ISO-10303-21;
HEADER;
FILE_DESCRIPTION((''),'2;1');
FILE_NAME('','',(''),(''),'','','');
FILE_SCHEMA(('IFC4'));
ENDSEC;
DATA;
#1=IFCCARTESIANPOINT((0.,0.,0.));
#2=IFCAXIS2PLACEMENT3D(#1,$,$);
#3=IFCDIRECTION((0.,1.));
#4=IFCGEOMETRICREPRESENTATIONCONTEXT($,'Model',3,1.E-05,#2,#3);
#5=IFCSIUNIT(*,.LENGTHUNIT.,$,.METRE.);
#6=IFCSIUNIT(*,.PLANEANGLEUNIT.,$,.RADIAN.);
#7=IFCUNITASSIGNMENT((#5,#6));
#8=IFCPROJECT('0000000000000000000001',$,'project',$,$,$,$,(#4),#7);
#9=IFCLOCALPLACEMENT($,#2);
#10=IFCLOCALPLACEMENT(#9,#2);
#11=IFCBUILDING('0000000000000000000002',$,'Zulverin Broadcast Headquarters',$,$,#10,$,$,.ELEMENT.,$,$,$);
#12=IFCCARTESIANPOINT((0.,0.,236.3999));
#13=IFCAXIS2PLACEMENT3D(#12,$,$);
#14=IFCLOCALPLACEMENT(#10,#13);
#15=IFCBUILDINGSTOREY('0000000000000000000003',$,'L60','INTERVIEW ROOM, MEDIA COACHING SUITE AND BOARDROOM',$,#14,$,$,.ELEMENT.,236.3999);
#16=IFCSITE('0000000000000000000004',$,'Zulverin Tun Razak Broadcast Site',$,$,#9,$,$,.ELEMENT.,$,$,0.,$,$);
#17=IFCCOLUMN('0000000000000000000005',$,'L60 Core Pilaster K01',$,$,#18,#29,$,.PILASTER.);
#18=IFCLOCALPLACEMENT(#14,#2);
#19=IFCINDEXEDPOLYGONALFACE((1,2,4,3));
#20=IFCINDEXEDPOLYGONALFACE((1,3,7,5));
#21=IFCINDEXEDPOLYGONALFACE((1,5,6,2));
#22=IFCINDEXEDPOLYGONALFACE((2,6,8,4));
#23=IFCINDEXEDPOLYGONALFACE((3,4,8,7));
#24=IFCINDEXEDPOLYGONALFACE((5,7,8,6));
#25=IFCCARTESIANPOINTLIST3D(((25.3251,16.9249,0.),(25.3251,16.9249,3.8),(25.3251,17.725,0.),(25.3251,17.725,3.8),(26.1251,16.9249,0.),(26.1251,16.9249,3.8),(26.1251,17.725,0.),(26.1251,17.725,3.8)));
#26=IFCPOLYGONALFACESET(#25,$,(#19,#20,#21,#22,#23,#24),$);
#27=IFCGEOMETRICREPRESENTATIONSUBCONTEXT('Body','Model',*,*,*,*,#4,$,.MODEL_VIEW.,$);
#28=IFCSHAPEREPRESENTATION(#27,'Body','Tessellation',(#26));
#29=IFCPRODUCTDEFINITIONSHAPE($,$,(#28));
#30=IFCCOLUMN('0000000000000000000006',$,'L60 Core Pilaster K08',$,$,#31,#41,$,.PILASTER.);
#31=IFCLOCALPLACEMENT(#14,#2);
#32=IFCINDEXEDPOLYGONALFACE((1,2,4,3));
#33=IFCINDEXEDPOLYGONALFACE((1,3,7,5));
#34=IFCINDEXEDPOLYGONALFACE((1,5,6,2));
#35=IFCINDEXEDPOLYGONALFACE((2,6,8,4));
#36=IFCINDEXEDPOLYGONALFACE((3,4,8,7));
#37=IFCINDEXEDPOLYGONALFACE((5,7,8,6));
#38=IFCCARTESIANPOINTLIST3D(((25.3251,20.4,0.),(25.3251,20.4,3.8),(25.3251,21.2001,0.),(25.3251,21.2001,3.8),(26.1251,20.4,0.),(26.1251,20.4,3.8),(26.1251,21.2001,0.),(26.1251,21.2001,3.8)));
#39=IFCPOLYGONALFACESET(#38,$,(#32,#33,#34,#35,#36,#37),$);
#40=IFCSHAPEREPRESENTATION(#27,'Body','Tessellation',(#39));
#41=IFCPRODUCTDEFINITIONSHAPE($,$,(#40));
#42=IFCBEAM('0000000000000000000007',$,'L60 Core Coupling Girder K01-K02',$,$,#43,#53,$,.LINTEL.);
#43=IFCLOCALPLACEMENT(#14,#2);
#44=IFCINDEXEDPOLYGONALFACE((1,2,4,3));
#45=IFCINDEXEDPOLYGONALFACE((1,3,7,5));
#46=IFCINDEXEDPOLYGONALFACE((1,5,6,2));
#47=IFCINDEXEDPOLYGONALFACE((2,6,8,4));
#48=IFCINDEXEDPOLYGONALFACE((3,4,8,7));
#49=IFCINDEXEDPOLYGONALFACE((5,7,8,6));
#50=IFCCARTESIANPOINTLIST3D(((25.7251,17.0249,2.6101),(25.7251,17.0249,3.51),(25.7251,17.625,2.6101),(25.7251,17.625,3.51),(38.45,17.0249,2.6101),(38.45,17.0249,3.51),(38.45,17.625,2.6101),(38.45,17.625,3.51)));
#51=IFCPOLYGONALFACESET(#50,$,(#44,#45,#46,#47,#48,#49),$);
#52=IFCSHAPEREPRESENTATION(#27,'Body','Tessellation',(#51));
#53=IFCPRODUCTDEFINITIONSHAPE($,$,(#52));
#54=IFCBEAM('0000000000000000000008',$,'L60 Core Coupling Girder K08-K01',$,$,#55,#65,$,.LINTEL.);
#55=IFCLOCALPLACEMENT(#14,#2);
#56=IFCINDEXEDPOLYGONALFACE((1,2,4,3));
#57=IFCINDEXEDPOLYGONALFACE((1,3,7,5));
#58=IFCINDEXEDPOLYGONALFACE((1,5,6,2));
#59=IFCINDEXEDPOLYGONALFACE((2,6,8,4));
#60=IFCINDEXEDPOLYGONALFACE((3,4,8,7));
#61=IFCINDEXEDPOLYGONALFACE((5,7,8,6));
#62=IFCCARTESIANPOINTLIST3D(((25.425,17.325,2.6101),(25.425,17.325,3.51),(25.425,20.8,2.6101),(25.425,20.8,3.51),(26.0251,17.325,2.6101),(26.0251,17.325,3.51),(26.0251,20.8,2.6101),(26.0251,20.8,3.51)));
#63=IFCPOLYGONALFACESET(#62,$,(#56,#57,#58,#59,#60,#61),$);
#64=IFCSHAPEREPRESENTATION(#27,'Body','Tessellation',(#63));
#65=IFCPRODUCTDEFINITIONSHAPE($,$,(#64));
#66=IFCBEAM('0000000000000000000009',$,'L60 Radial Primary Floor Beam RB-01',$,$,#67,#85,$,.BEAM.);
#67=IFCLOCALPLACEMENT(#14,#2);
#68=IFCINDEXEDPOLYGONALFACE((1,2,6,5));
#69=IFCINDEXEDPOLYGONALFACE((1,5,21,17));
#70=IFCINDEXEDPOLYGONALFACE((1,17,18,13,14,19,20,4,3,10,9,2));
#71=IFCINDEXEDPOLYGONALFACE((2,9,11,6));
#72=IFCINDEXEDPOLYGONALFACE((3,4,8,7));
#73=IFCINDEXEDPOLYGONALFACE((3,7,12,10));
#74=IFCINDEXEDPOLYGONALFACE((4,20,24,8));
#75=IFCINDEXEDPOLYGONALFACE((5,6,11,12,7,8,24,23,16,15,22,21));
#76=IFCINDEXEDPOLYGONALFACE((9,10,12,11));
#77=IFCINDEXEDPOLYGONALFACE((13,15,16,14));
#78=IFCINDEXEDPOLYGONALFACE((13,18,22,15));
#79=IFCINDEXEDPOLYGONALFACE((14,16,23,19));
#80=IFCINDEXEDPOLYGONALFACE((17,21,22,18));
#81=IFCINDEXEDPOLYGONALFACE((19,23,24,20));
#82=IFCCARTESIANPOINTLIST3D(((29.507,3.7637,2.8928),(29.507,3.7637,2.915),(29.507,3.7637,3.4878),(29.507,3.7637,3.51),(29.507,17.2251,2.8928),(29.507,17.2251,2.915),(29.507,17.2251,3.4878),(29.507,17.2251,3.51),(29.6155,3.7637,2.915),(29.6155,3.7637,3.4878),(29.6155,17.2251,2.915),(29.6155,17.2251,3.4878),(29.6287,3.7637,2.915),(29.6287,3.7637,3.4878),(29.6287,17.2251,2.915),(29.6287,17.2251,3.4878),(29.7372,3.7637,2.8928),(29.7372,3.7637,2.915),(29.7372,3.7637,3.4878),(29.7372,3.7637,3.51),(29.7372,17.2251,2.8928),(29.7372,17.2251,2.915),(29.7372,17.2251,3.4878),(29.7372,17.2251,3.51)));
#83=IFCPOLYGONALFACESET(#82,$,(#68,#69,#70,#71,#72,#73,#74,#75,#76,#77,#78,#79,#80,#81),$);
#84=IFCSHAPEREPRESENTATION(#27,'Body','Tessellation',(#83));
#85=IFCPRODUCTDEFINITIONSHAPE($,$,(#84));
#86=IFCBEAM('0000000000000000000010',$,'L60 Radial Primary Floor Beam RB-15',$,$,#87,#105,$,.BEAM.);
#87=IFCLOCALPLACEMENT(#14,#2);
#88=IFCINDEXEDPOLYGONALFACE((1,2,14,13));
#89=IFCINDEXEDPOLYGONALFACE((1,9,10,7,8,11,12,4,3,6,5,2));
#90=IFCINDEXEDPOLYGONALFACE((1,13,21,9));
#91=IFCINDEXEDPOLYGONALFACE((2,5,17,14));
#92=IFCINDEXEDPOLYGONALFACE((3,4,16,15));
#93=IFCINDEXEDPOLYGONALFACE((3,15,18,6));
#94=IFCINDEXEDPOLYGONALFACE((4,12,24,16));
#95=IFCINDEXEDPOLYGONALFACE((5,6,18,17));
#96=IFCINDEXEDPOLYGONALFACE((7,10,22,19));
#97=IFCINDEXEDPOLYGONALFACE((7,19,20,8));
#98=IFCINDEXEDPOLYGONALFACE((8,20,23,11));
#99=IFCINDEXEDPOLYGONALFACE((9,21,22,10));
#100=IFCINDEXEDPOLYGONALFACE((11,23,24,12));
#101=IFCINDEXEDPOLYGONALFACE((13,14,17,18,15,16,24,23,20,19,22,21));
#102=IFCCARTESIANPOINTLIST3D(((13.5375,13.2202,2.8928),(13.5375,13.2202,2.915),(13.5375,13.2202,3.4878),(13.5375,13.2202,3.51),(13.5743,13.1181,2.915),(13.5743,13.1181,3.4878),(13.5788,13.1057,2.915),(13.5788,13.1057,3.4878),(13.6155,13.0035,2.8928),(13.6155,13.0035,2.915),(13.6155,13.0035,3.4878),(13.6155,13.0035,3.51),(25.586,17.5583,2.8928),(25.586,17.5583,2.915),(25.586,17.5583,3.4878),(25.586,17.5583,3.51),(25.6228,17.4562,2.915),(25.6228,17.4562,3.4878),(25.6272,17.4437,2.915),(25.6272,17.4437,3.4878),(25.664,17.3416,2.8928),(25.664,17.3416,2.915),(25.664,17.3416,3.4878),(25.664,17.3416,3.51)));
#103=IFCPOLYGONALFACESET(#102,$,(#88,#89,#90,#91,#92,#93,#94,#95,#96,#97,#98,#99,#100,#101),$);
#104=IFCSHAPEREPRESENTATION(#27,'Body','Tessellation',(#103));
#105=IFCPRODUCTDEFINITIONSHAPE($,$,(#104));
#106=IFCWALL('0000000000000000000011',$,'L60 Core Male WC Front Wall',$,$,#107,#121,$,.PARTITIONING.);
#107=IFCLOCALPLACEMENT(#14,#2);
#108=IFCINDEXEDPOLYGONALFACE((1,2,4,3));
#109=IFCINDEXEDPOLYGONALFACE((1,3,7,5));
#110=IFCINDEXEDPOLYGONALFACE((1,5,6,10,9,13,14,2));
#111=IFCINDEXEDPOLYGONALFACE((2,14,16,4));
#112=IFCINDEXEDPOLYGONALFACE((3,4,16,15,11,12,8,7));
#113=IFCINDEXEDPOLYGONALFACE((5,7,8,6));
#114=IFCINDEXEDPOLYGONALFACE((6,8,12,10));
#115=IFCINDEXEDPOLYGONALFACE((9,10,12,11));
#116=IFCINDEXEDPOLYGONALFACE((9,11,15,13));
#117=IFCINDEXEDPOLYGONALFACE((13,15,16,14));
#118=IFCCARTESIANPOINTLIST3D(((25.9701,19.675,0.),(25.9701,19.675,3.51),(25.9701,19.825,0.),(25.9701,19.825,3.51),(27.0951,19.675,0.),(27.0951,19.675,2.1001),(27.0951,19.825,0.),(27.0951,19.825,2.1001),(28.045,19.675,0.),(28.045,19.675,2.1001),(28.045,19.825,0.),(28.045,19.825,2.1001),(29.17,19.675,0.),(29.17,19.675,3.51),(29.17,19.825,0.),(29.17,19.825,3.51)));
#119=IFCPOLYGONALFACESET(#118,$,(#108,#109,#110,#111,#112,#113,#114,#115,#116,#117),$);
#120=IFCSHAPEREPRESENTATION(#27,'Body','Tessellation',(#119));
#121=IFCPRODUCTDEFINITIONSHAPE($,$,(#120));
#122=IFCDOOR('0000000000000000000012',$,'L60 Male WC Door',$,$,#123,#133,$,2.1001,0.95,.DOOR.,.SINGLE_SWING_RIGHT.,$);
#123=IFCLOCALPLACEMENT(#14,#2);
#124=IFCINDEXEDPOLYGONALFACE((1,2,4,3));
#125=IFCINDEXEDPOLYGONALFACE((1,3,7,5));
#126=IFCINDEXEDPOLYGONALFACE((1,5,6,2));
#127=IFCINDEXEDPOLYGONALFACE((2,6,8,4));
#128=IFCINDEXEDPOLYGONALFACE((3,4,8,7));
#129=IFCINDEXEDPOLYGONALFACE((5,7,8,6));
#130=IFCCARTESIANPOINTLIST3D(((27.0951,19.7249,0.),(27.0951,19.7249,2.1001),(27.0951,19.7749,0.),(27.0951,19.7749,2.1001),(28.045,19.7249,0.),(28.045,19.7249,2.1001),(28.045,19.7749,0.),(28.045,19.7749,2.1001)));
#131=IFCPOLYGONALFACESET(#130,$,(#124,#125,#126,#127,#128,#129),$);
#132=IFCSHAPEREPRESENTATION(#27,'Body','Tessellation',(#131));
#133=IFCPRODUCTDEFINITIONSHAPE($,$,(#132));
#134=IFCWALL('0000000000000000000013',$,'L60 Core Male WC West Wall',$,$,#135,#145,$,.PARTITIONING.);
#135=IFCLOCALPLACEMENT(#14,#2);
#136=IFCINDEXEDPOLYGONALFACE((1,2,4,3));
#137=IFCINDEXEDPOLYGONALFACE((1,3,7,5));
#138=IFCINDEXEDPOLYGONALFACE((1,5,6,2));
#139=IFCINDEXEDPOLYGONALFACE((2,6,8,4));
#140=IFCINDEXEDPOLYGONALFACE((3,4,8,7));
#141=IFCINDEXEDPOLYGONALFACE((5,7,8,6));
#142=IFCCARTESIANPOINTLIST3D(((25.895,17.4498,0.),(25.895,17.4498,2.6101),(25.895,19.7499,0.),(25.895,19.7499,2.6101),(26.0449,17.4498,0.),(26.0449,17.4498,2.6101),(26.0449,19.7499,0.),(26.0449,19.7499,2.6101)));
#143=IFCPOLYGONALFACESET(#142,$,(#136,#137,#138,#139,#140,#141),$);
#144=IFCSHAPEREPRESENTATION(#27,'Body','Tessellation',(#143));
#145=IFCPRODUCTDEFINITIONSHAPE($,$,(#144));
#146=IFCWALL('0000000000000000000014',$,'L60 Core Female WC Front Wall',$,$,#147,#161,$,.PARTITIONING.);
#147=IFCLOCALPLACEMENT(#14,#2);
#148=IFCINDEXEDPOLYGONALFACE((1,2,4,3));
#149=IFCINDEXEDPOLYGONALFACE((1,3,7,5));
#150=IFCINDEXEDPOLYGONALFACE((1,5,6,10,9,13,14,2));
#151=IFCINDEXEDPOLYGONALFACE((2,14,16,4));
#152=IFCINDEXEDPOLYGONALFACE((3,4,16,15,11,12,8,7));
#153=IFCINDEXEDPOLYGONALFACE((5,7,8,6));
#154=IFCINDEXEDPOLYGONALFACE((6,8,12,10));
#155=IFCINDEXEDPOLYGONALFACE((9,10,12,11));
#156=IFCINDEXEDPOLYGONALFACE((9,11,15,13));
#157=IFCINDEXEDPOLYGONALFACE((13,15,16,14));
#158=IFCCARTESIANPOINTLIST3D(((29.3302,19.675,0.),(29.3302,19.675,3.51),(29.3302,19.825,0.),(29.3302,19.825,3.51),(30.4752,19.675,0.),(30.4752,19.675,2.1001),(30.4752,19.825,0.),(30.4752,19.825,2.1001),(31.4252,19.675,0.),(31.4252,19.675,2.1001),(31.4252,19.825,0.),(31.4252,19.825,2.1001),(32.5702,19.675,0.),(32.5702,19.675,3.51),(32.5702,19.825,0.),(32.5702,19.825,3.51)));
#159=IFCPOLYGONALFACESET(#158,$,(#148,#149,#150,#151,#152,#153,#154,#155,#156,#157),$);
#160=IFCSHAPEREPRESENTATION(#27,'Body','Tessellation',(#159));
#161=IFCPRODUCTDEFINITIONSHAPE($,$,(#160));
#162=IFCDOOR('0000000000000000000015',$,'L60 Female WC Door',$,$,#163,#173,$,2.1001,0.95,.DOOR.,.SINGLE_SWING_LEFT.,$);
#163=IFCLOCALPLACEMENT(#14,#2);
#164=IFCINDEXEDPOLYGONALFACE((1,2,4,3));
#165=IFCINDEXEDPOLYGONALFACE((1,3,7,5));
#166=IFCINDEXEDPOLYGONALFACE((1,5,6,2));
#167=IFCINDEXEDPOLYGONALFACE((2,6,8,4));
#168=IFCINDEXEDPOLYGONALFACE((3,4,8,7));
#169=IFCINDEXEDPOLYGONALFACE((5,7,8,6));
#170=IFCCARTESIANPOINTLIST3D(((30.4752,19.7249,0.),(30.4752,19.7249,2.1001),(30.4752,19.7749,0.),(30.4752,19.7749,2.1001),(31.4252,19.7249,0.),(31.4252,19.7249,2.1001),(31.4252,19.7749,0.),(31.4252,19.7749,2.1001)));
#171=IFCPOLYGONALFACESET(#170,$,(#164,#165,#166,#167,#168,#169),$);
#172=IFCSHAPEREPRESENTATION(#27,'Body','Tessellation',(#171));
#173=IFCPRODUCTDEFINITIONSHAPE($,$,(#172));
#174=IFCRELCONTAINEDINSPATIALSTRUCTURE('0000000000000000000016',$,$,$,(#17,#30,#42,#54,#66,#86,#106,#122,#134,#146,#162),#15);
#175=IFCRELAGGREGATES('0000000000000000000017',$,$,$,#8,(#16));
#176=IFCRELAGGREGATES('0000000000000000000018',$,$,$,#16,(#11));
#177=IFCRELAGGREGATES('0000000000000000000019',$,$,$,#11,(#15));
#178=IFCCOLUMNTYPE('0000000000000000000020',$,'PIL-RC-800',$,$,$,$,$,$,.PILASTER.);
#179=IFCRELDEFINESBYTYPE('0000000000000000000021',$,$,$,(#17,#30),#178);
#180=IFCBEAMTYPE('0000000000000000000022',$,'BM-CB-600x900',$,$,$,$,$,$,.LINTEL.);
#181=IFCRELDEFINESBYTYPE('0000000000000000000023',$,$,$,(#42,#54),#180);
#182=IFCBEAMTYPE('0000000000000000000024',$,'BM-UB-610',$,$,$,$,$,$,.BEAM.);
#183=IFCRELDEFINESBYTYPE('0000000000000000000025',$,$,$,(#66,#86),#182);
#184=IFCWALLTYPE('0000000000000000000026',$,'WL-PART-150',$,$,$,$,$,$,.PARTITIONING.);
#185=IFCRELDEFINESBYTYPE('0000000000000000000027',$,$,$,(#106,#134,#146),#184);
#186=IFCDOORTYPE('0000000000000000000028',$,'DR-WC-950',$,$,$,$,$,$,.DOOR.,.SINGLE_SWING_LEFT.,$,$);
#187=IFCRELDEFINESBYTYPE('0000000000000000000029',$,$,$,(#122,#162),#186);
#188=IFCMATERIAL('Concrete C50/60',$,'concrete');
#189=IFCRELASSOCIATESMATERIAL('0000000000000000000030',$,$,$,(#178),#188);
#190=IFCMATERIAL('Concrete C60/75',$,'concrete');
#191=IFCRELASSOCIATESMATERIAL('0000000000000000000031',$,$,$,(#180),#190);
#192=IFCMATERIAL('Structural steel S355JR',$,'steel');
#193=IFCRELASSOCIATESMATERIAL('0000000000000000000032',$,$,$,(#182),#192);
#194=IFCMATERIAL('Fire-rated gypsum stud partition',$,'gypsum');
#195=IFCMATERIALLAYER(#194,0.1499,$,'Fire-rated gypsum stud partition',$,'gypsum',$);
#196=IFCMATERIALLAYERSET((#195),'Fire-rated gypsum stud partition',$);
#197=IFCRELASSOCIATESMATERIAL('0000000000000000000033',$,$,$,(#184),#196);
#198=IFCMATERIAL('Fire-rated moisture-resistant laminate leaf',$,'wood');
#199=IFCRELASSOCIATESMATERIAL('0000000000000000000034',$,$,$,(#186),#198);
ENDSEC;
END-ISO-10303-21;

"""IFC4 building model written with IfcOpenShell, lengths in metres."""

from ifc_helpers import new_model, si_unit, direction, frame, frame_2d, origin, origin_2d, place, context, subcontext, project, spatial, rectangle, i_section, extrude, material, layer, layer_set, material_profile, profile_set, type_object, element, fill, save


model = new_model("IFC4")

# Units and contexts
model_context = context("Model", 3, precision=1e-05, world=origin(), true_north=direction((0.0, 1.0)))
body_context = subcontext(model_context, "Body", "Model", "MODEL_VIEW")
ifc_project = project(units=[si_unit("LENGTHUNIT", "METRE"), si_unit("PLANEANGLEUNIT", "RADIAN")], contexts=[model_context])

# Site, building, storey
site_placement = place(None, origin())
site = spatial("IfcSite", under=ifc_project, at=site_placement, Name="Zulverin Tun Razak Broadcast Site", CompositionType="ELEMENT", RefElevation=0.0)
building_placement = place(site_placement, origin())
building = spatial("IfcBuilding", under=site, at=building_placement, Name="Zulverin Broadcast Headquarters", CompositionType="ELEMENT")
storey_placement = place(building_placement, frame((0.0, 0.0, 236.3999)))
storey = spatial("IfcBuildingStorey", under=building, at=storey_placement, Name="L60", Description="INTERVIEW ROOM, MEDIA COACHING SUITE AND BOARDROOM", CompositionType="ELEMENT", Elevation=236.3999)

# Columns
ifc_material_1 = material(Name="Concrete C50/60", Category="concrete")
ifc_material_profile_1 = material_profile(ifc_material_1, rectangle(XDim=0.8, YDim=0.8, at=origin_2d()), Name="Concrete C50/60", Category="concrete")
ifc_profile_set_1 = profile_set([ifc_material_profile_1], Name="Concrete C50/60")
column_type = type_object("IfcColumnType", Name="PIL-RC-800", PredefinedType="PILASTER", material=ifc_profile_set_1)
for number, where, z_axis, x_axis, name in (
    (1, (25.7251, 17.325, 0.0), (0.0, 0.0, 1.0), (1.0, 0.0, 0.0), "L60 Core Pilaster K01"),
    (2, (25.7251, 20.8, 0.0), (0.0, 0.0, 1.0), (1.0, 0.0, 0.0), "L60 Core Pilaster K08"),
):
    element("IfcColumn", number, at=place(storey_placement, frame(where, z_axis=z_axis, x_axis=x_axis)), inside=storey, type_object=column_type, Name=name, PredefinedType="PILASTER", context=body_context, shape_type="SweptSolid", body=[
        extrude(rectangle(XDim=0.8, YDim=0.8, at=origin_2d()), origin(), (0.0, 0.0, 1.0), 3.8),
    ])

# Beams
ifc_material_2 = material(Name="Concrete C60/75", Category="concrete")
ifc_material_profile_2 = material_profile(ifc_material_2, rectangle(XDim=0.6001, YDim=0.8999, at=origin_2d()), Name="Concrete C60/75", Category="concrete")
ifc_profile_set_2 = profile_set([ifc_material_profile_2], Name="Concrete C60/75")
beam_type_1 = type_object("IfcBeamType", Name="BM-CB-600x900", PredefinedType="LINTEL", material=ifc_profile_set_2)
beam_1_placement = place(storey_placement, frame((25.7251, 17.325, 3.0601), z_axis=(1.0, 0.0, 0.0), x_axis=(0.0, 1.0, 0.0)))
element("IfcBeam", 3, at=beam_1_placement, inside=storey, type_object=beam_type_1, Name="L60 Core Coupling Girder K01-K02", PredefinedType="LINTEL", context=body_context, shape_type="SweptSolid", body=[
    extrude(rectangle(XDim=0.6001, YDim=0.8999, at=origin_2d()), origin(), (0.0, 0.0, 1.0), 12.7249),
])
beam_2_placement = place(storey_placement, frame((25.7251, 20.8, 3.0601), z_axis=(0.0, -1.0, 0.0), x_axis=(1.0, 0.0, 0.0)))
element("IfcBeam", 4, at=beam_2_placement, inside=storey, type_object=beam_type_1, Name="L60 Core Coupling Girder K08-K01", PredefinedType="LINTEL", context=body_context, shape_type="SweptSolid", body=[
    extrude(rectangle(XDim=0.6001, YDim=0.8999, at=origin_2d()), origin(), (0.0, 0.0, 1.0), 3.4751),
])
ifc_material_3 = material(Name="Structural steel S355JR", Category="steel")
ifc_material_profile_3 = material_profile(ifc_material_3, i_section(OverallWidth=0.2302, OverallDepth=0.6172, WebThickness=0.0132, FlangeThickness=0.0222, at=origin_2d()), Name="Structural steel S355JR", Category="steel")
ifc_profile_set_3 = profile_set([ifc_material_profile_3], Name="Structural steel S355JR")
beam_type_2 = type_object("IfcBeamType", Name="BM-UB-610", PredefinedType="BEAM", material=ifc_profile_set_3)
beam_3_placement = place(storey_placement, frame((29.6221, 17.2251, 3.2014), z_axis=(0.0, -1.0, 0.0), x_axis=(1.0, 0.0, 0.0)))
element("IfcBeam", 5, at=beam_3_placement, inside=storey, type_object=beam_type_2, Name="L60 Radial Primary Floor Beam RB-01", PredefinedType="BEAM", context=body_context, shape_type="SweptSolid", body=[
    extrude(i_section(OverallWidth=0.2302, OverallDepth=0.6172, WebThickness=0.0132, FlangeThickness=0.0222, at=origin_2d()), origin(), (0.0, 0.0, 1.0), 13.4614),
])
beam_4_placement = place(storey_placement, frame((25.625, 17.45, 3.2014), z_axis=(-0.940871, -0.338764, 0.0), x_axis=(0.338764, -0.940871, 0.0)))
element("IfcBeam", 6, at=beam_4_placement, inside=storey, type_object=beam_type_2, Name="L60 Radial Primary Floor Beam RB-15", PredefinedType="BEAM", context=body_context, shape_type="SweptSolid", body=[
    extrude(i_section(OverallWidth=0.2302, OverallDepth=0.6172, WebThickness=0.0132, FlangeThickness=0.0222, at=origin_2d()), origin(), (0.0, 0.0, 1.0), 12.8057),
])

# Wall, opening, door
ifc_material_4 = material(Name="Fire-rated gypsum stud partition", Category="gypsum")
ifc_layer = layer(ifc_material_4, 0.1499, Name="Fire-rated gypsum stud partition", Category="gypsum")
ifc_layer_set = layer_set([ifc_layer], Name="Fire-rated gypsum stud partition")
wall_type = type_object("IfcWallType", Name="WL-PART-150", PredefinedType="PARTITIONING", material=ifc_layer_set)
wall_1_placement = place(storey_placement, frame((25.97, 19.75, 0.0), z_axis=(0.0, 0.0, 1.0), x_axis=(1.0, 0.0, 0.0)))
wall_1 = element("IfcWall", 7, at=wall_1_placement, inside=storey, type_object=wall_type, Name="L60 Core Male WC Front Wall", PredefinedType="PARTITIONING", context=body_context, shape_type="SweptSolid", body=[
    extrude(rectangle(XDim=3.2, YDim=0.1499, at=frame_2d((1.6001, 0.0))), origin(), (0.0, 0.0, 1.0), 3.51),
])
opening_1_placement = place(wall_1_placement, frame((1.125, 0.0, 0.0)))
opening_1 = element("IfcOpeningElement", 8, at=opening_1_placement, cuts=wall_1, PredefinedType="OPENING", context=body_context, shape_type="SweptSolid", body=[
    extrude(rectangle(XDim=0.95, YDim=2.1001, at=frame_2d((0.4751, 1.05))), frame((0.0, 0.085, 0.0), z_axis=(0.0, -1.0, 0.0), x_axis=(1.0, 0.0, 0.0)), (0.0, 0.0, 1.0), 0.1699),
])
ifc_material_5 = material(Name="Fire-rated moisture-resistant laminate leaf", Category="wood")
door_type_1 = type_object("IfcDoorType", Name="DR-WC-950", OperationType="SINGLE_SWING_LEFT", PredefinedType="DOOR", material=ifc_material_5)
door_1_placement = place(opening_1_placement, origin())
door_1 = element("IfcDoor", 9, at=door_1_placement, inside=storey, type_object=door_type_1, Name="L60 Male WC Door", OperationType="SINGLE_SWING_RIGHT", OverallHeight=2.1001, OverallWidth=0.95, PredefinedType="DOOR", context=body_context, shape_type="SweptSolid", body=[
    extrude(rectangle(XDim=0.95, YDim=2.1001, at=frame_2d((0.4751, 1.05))), frame((0.0, 0.0249, 0.0), z_axis=(0.0, -1.0, 0.0), x_axis=(1.0, 0.0, 0.0)), (0.0, 0.0, 1.0), 0.05),
])
fill(opening_1, door_1)

# Wall
wall_2_placement = place(storey_placement, frame((25.97, 17.45, 0.0), z_axis=(0.0, 0.0, 1.0), x_axis=(0.0, 1.0, 0.0)))
element("IfcWall", 10, at=wall_2_placement, inside=storey, type_object=wall_type, Name="L60 Core Male WC West Wall", PredefinedType="PARTITIONING", context=body_context, shape_type="SweptSolid", body=[
    extrude(rectangle(XDim=2.3, YDim=0.1499, at=frame_2d((1.1499, 0.0))), origin(), (0.0, 0.0, 1.0), 2.6101),
])

# Wall, opening, door
wall_3_placement = place(storey_placement, frame((29.3301, 19.75, 0.0), z_axis=(0.0, 0.0, 1.0), x_axis=(1.0, 0.0, 0.0)))
wall_3 = element("IfcWall", 11, at=wall_3_placement, inside=storey, type_object=wall_type, Name="L60 Core Female WC Front Wall", PredefinedType="PARTITIONING", context=body_context, shape_type="SweptSolid", body=[
    extrude(rectangle(XDim=3.24, YDim=0.1499, at=frame_2d((1.6201, 0.0))), origin(), (0.0, 0.0, 1.0), 3.51),
])
opening_2_placement = place(wall_3_placement, frame((1.145, 0.0, 0.0)))
opening_2 = element("IfcOpeningElement", 12, at=opening_2_placement, cuts=wall_3, PredefinedType="OPENING", context=body_context, shape_type="SweptSolid", body=[
    extrude(rectangle(XDim=0.95, YDim=2.1001, at=frame_2d((0.4751, 1.05))), frame((0.0, 0.085, 0.0), z_axis=(0.0, -1.0, 0.0), x_axis=(1.0, 0.0, 0.0)), (0.0, 0.0, 1.0), 0.1699),
])
door_2_placement = place(opening_2_placement, origin())
door_2 = element("IfcDoor", 13, at=door_2_placement, inside=storey, type_object=door_type_1, Name="L60 Female WC Door", OperationType="SINGLE_SWING_LEFT", OverallHeight=2.1001, OverallWidth=0.95, PredefinedType="DOOR", context=body_context, shape_type="SweptSolid", body=[
    extrude(rectangle(XDim=0.95, YDim=2.1001, at=frame_2d((0.4751, 1.05))), frame((0.0, 0.0249, 0.0), z_axis=(0.0, -1.0, 0.0), x_axis=(1.0, 0.0, 0.0)), (0.0, 0.0, 1.0), 0.05),
])
fill(opening_2, door_2)

save(model, "model.ifc")
